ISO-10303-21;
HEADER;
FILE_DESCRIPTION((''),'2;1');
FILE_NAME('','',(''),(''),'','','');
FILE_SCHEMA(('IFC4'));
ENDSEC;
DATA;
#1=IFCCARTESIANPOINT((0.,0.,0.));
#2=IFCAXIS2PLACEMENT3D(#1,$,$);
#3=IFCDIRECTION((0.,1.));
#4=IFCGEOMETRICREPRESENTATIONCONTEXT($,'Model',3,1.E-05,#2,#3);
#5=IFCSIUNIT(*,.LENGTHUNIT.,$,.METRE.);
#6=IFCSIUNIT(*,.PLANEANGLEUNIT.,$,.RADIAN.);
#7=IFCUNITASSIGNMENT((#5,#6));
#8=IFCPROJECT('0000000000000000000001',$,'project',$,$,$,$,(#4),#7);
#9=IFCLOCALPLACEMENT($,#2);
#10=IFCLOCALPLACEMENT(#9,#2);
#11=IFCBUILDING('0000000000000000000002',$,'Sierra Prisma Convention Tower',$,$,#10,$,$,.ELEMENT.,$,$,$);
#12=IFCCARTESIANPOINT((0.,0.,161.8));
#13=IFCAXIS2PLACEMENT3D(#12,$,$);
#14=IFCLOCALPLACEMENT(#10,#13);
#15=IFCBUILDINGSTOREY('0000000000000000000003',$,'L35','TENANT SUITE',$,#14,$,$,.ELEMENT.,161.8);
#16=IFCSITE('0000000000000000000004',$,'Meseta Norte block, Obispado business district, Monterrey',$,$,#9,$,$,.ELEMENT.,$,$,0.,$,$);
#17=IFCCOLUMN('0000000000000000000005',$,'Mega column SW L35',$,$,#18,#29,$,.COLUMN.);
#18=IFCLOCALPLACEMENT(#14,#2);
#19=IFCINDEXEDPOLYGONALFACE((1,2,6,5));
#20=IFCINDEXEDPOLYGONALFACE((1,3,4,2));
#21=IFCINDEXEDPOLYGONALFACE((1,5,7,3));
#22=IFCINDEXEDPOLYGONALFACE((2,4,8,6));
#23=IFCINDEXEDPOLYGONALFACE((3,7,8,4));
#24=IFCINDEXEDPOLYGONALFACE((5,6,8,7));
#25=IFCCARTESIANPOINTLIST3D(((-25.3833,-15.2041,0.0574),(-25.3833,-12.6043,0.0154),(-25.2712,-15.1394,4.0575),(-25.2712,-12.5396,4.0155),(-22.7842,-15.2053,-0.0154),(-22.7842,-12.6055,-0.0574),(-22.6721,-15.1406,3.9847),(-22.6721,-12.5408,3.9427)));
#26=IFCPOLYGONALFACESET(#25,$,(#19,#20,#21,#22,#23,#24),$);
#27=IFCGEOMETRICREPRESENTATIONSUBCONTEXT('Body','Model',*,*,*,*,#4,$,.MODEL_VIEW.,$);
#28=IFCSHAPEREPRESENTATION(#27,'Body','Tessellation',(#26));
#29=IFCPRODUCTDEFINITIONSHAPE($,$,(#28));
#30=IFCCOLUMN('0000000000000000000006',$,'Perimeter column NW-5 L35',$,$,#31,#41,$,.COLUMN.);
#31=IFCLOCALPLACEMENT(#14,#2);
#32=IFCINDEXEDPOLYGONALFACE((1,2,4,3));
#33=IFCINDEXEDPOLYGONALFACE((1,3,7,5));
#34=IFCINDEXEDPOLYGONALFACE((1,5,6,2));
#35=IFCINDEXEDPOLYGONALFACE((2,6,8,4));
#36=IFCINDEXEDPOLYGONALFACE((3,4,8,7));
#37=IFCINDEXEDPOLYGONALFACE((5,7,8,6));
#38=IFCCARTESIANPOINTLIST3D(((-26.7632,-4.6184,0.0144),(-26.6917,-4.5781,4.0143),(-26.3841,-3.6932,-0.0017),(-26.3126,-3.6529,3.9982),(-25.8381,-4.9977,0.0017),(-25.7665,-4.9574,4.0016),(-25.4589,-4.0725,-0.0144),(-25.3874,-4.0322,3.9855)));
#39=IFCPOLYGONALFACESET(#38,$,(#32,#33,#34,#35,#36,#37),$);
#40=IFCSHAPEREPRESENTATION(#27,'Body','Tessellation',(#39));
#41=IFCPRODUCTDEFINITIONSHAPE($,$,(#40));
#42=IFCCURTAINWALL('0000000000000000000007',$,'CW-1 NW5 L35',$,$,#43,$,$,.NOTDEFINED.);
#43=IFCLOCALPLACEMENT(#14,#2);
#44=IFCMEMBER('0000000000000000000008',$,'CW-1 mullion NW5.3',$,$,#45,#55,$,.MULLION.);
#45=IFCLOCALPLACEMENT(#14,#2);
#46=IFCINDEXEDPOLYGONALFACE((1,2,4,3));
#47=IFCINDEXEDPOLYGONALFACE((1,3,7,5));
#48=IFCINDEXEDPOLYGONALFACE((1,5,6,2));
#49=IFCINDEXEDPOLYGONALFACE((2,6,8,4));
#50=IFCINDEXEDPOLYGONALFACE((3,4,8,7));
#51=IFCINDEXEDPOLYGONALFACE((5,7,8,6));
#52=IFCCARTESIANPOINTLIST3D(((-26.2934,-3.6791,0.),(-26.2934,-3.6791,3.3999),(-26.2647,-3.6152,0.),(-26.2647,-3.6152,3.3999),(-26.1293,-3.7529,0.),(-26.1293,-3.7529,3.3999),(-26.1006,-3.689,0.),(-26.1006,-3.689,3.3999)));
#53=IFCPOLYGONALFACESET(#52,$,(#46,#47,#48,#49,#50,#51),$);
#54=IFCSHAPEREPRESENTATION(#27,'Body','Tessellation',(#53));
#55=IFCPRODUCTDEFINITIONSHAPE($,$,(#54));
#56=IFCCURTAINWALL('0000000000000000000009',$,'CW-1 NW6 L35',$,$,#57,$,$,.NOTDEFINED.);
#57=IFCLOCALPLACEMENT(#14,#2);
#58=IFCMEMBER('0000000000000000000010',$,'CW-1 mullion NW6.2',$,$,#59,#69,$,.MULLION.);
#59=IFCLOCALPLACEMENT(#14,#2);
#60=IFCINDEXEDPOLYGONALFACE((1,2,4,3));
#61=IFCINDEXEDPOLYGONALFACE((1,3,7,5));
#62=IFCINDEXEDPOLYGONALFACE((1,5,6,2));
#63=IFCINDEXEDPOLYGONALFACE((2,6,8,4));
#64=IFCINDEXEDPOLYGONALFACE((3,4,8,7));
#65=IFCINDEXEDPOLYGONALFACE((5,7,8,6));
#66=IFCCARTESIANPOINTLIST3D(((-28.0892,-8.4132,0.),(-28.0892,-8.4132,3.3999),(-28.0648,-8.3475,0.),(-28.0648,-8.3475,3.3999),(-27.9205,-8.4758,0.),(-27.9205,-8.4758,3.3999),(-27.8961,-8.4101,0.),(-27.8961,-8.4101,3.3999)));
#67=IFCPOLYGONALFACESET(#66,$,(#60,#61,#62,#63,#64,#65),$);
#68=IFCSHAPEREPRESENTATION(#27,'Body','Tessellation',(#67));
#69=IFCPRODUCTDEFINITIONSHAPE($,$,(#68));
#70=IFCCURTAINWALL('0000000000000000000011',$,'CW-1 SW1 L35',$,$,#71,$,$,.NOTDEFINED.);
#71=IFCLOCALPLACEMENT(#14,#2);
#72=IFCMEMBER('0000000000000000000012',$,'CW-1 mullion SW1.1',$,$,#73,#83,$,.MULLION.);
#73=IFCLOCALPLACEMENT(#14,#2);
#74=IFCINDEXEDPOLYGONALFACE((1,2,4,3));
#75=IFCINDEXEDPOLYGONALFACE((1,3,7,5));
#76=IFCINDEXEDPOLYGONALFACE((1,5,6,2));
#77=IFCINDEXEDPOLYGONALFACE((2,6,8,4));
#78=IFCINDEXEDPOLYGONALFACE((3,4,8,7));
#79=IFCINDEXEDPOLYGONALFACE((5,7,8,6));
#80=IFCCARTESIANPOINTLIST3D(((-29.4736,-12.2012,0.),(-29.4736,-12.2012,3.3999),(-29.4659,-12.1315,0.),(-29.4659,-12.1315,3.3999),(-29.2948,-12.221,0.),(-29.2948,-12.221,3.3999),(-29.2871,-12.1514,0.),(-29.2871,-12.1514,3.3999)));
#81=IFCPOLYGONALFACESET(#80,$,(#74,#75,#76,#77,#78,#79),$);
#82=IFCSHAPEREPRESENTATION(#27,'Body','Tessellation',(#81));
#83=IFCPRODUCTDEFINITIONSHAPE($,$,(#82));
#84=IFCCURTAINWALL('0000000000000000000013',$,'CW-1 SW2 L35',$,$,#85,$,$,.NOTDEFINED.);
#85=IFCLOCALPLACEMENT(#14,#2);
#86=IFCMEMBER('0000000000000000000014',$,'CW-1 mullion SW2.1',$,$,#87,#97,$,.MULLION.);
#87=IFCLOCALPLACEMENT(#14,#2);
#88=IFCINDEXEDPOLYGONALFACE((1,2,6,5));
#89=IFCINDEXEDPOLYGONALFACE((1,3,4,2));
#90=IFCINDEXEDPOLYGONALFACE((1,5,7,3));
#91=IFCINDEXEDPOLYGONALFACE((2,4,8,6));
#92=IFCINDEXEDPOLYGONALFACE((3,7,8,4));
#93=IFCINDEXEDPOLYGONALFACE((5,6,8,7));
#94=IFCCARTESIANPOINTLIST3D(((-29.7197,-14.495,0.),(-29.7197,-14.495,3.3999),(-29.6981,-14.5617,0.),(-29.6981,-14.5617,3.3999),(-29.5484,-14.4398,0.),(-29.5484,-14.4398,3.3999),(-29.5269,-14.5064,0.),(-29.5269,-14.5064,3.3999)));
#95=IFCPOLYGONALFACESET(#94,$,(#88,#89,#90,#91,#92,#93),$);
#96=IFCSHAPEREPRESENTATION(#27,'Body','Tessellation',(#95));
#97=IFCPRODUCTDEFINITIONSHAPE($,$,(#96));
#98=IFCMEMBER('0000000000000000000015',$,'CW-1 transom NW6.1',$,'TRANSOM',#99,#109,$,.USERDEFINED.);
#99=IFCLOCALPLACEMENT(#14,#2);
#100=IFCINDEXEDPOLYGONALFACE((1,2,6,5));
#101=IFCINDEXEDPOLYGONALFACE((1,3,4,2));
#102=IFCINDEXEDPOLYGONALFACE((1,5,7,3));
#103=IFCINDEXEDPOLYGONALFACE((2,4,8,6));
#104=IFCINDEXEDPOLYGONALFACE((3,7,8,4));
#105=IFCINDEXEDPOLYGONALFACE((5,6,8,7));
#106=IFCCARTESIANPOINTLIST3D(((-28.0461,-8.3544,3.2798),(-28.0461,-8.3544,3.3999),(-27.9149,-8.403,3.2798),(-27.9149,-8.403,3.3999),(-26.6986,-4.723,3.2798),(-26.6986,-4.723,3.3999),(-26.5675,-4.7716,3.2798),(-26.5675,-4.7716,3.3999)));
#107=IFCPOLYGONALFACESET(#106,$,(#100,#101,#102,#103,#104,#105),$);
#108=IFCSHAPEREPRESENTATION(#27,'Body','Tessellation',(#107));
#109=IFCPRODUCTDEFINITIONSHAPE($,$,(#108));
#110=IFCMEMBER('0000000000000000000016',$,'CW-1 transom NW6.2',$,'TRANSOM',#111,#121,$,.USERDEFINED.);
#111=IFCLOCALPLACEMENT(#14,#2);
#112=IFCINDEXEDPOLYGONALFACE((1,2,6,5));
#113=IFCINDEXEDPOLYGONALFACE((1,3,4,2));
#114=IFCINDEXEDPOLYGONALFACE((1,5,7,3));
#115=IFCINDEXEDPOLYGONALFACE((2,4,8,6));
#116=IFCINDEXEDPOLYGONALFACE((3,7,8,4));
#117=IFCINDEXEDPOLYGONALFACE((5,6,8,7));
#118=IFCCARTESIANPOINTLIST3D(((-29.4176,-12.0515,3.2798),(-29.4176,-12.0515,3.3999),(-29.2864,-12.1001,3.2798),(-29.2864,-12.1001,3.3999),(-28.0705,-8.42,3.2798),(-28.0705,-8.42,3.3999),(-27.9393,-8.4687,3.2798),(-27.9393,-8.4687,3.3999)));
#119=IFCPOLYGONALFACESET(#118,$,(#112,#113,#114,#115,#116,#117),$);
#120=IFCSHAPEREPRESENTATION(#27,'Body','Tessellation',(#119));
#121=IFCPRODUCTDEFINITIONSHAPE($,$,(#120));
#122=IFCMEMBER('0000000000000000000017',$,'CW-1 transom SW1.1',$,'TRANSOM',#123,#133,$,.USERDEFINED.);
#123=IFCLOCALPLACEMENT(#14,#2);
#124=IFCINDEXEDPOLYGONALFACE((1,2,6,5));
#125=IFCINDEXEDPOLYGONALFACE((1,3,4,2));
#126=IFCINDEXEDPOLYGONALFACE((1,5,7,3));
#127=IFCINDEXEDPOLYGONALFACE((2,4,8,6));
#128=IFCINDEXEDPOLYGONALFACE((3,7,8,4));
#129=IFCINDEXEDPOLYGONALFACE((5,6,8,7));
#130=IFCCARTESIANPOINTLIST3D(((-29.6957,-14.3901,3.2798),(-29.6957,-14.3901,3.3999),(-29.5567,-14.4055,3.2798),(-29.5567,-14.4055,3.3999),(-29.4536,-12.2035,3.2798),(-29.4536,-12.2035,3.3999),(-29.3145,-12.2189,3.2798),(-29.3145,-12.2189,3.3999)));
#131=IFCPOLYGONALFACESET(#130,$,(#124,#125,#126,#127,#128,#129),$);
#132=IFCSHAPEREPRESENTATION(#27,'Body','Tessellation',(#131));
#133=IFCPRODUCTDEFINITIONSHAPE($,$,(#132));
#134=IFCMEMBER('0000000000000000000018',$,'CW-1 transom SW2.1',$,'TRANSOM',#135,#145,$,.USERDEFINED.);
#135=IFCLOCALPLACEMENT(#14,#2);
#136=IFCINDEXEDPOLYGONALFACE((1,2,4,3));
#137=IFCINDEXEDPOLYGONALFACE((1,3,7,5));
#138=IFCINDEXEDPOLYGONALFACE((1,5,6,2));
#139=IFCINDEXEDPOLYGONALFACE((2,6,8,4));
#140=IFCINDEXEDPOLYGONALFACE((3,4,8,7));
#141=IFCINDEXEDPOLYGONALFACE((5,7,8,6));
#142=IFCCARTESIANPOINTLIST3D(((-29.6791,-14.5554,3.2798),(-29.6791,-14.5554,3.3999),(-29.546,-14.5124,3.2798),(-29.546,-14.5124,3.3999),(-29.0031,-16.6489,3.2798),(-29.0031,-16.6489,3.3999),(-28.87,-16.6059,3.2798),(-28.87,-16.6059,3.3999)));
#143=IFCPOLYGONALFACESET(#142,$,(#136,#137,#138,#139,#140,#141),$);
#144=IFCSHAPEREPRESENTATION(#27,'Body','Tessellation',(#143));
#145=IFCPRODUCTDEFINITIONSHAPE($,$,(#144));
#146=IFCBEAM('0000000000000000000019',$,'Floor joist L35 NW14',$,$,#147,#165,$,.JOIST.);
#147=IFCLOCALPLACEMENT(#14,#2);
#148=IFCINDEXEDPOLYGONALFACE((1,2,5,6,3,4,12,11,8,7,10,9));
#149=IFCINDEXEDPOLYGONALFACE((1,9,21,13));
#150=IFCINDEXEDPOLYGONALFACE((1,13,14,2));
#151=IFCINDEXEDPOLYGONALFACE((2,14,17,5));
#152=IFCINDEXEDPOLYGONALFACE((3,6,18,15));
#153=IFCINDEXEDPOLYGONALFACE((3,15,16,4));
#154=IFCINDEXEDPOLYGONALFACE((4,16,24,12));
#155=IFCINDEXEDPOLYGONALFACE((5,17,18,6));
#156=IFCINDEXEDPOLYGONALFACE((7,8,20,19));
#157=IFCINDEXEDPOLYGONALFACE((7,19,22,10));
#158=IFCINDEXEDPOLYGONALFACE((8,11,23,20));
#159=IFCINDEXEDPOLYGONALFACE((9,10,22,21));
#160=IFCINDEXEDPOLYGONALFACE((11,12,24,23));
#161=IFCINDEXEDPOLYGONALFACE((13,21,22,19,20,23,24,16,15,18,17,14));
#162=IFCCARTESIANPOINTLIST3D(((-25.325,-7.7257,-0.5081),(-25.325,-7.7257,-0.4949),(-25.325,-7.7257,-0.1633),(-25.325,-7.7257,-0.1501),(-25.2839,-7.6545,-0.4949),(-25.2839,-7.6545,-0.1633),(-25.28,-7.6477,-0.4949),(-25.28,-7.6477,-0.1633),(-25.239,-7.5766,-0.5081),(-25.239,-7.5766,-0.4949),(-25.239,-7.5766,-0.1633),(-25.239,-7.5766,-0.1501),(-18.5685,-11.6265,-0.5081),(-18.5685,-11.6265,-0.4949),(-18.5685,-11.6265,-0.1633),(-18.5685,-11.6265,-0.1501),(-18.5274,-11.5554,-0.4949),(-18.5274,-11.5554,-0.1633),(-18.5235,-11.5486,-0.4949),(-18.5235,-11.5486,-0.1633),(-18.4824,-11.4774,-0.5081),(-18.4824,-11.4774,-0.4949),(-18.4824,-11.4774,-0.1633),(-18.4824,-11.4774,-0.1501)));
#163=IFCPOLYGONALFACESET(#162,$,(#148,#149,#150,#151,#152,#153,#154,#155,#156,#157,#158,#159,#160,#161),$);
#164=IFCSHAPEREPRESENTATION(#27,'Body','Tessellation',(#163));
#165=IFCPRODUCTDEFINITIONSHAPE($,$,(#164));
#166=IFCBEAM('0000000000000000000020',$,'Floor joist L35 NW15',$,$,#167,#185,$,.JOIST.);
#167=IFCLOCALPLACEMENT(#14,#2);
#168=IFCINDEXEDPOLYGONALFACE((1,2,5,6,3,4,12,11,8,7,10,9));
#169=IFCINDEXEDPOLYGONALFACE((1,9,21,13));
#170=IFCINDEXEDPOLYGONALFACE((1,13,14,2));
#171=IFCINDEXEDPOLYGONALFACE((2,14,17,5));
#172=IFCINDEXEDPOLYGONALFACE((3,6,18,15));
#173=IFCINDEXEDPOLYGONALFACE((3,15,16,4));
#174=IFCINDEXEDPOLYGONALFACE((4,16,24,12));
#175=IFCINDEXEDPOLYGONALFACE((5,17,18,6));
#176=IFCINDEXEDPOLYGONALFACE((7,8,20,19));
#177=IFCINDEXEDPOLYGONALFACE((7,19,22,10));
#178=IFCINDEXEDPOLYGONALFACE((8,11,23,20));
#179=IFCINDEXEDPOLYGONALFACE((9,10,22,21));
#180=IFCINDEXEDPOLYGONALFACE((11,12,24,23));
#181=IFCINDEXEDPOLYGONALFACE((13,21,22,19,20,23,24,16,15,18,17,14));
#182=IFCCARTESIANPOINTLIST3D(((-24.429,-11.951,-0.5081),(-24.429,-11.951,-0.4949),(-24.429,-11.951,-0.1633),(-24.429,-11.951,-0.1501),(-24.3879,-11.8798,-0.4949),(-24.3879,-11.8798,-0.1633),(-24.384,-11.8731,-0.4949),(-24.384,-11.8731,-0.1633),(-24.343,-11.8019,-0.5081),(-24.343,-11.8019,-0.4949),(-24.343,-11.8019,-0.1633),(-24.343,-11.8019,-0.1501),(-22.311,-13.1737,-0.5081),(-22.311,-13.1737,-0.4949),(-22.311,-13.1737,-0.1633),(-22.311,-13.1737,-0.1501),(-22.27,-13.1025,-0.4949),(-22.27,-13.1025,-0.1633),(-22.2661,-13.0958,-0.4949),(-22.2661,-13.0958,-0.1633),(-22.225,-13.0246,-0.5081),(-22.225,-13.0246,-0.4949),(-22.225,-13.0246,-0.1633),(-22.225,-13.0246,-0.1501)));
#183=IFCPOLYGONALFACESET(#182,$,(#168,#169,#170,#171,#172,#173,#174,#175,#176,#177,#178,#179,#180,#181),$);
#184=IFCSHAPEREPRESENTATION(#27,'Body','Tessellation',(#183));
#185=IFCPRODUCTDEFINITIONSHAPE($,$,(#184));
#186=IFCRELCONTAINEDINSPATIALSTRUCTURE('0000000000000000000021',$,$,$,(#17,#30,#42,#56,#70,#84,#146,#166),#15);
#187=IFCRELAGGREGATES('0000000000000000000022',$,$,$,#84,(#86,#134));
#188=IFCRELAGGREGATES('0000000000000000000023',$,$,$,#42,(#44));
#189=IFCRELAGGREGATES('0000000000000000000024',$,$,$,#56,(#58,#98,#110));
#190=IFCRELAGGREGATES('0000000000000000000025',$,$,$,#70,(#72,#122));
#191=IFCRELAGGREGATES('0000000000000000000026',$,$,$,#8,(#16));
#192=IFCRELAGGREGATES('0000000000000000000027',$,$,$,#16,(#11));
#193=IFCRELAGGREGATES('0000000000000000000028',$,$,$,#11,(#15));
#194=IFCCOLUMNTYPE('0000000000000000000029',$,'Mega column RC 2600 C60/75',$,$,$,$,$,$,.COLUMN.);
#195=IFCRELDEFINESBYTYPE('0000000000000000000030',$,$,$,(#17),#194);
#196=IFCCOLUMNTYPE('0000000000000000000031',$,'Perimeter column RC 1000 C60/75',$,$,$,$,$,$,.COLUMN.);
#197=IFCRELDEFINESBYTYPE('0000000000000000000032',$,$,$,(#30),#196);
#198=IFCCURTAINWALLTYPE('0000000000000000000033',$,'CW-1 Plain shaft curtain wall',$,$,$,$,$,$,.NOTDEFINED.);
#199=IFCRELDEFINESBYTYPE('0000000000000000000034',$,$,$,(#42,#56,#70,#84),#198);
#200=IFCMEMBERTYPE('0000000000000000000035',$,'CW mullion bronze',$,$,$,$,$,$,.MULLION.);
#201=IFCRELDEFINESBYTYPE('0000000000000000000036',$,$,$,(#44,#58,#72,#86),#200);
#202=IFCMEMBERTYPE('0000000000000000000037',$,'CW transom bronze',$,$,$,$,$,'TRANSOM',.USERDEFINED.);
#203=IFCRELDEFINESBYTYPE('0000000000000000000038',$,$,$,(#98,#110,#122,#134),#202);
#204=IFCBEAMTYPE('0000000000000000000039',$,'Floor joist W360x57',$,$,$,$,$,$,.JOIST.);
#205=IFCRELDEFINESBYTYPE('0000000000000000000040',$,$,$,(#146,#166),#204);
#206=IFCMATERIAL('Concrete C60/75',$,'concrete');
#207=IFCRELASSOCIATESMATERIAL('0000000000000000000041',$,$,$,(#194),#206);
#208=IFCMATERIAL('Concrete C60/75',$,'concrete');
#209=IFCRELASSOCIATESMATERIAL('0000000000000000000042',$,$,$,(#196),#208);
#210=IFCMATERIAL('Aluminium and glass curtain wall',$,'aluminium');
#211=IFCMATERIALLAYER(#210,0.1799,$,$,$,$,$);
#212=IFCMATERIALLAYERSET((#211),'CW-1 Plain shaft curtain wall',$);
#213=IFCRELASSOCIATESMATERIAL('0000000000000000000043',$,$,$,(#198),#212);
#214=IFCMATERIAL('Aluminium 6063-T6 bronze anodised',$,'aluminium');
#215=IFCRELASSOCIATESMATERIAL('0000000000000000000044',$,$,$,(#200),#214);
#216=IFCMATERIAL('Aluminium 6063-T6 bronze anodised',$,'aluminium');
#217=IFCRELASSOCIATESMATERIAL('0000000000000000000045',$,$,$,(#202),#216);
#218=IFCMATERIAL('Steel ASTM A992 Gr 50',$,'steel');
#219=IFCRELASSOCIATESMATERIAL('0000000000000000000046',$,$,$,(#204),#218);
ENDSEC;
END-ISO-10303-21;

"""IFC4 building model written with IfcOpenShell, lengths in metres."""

from ifc_helpers import new_model, si_unit, direction, frame, origin, origin_2d, place, context, subcontext, project, spatial, rectangle, i_section, extrude, material, layer, layer_set, material_profile, profile_set, type_object, element, aggregate, save


model = new_model("IFC4")

# Units and contexts
model_context = context("Model", 3, precision=1e-05, world=origin(), true_north=direction((0.0, 1.0)))
body_context = subcontext(model_context, "Body", "Model", "MODEL_VIEW")
ifc_project = project(units=[si_unit("LENGTHUNIT", "METRE"), si_unit("PLANEANGLEUNIT", "RADIAN")], contexts=[model_context])

# Site, building, storey
site_placement = place(None, origin())
site = spatial("IfcSite", under=ifc_project, at=site_placement, Name="Meseta Norte block, Obispado business district, Monterrey", CompositionType="ELEMENT", RefElevation=0.0)
building_placement = place(site_placement, origin())
building = spatial("IfcBuilding", under=site, at=building_placement, Name="Sierra Prisma Convention Tower", CompositionType="ELEMENT")
storey_placement = place(building_placement, frame((0.0, 0.0, 161.8)))
storey = spatial("IfcBuildingStorey", under=building, at=storey_placement, Name="L35", Description="TENANT SUITE", CompositionType="ELEMENT", Elevation=161.8)

# Columns
ifc_material_1 = material(Name="Concrete C60/75", Category="concrete")
ifc_material_profile_1 = material_profile(ifc_material_1, rectangle(XDim=2.6001, YDim=2.6001, at=origin_2d()), Name="Mega column RC 2600 C60/75")
ifc_profile_set_1 = profile_set([ifc_material_profile_1], Name="Concrete C60/75")
column_type_1 = type_object("IfcColumnType", Name="Mega column RC 2600 C60/75", PredefinedType="COLUMN", material=ifc_profile_set_1)
column_1_placement = place(storey_placement, frame((-24.0837, -13.9048, 0.0), z_axis=(0.028, 0.016166, 0.999477), x_axis=(0.999608, -0.000453, -0.027997)))
element("IfcColumn", 1, at=column_1_placement, inside=storey, type_object=column_type_1, Name="Mega column SW L35", PredefinedType="COLUMN", context=body_context, shape_type="SweptSolid", body=[
    extrude(rectangle(XDim=2.6001, YDim=2.6001, at=origin_2d()), origin(), (0.0, 0.0, 1.0), 4.0022),
])
ifc_material_2 = material(Name="Concrete C60/75", Category="concrete")
ifc_material_profile_2 = material_profile(ifc_material_2, rectangle(XDim=1.0, YDim=1.0, at=origin_2d()), Name="Perimeter column RC 1000 C60/75")
ifc_profile_set_2 = profile_set([ifc_material_profile_2], Name="Concrete C60/75")
column_type_2 = type_object("IfcColumnType", Name="Perimeter column RC 1000 C60/75", PredefinedType="COLUMN", material=ifc_profile_set_2)
column_2_placement = place(storey_placement, frame((-26.1111, -4.3455, 0.0), z_axis=(0.01788, 0.010069, 0.999789), x_axis=(0.379134, 0.925202, -0.016098)))
element("IfcColumn", 2, at=column_2_placement, inside=storey, type_object=column_type_2, Name="Perimeter column NW-5 L35", PredefinedType="COLUMN", context=body_context, shape_type="SweptSolid", body=[
    extrude(rectangle(XDim=1.0, YDim=1.0, at=origin_2d()), origin(), (0.0, 0.0, 1.0), 4.0007),
])

# Curtain walls, members
ifc_material_3 = material(Name="Aluminium and glass curtain wall", Category="aluminium")
ifc_layer_1 = layer(ifc_material_3, 0.1799)
ifc_layer_set_1 = layer_set([ifc_layer_1], Name="CW-1 Plain shaft curtain wall")
curtain_wall_type = type_object("IfcCurtainWallType", Name="CW-1 Plain shaft curtain wall", PredefinedType="NOTDEFINED", material=ifc_layer_set_1)
curtain_wall_1_placement = place(storey_placement, origin())
curtain_wall_1 = element("IfcCurtainWall", 3, at=curtain_wall_1_placement, inside=storey, type_object=curtain_wall_type, Name="CW-1 NW5 L35", PredefinedType="NOTDEFINED")
ifc_material_4 = material(Name="Aluminium 6063-T6 bronze anodised", Category="aluminium")
ifc_material_profile_3 = material_profile(ifc_material_4, rectangle(XDim=0.1799, YDim=0.0701, at=origin_2d()), Name="ALU MULLION 70x180")
ifc_profile_set_3 = profile_set([ifc_material_profile_3], Name="Aluminium 6063-T6 bronze anodised")
member_type_1 = type_object("IfcMemberType", Name="CW mullion bronze", PredefinedType="MULLION", material=ifc_profile_set_3)
member_1_placement = place(storey_placement, frame((-26.197, -3.6841, 0.0), z_axis=(0.0, 0.0, 1.0), x_axis=(0.912028, -0.410127, 0.0)))
member_1 = element("IfcMember", 4, at=member_1_placement, type_object=member_type_1, Name="CW-1 mullion NW5.3", PredefinedType="MULLION", context=body_context, shape_type="SweptSolid", body=[
    extrude(rectangle(XDim=0.1799, YDim=0.0701, at=origin_2d()), origin(), (0.0, 0.0, 1.0), 3.3999),
])
curtain_wall_2_placement = place(storey_placement, origin())
curtain_wall_2 = element("IfcCurtainWall", 5, at=curtain_wall_2_placement, inside=storey, type_object=curtain_wall_type, Name="CW-1 NW6 L35", PredefinedType="NOTDEFINED")
member_2_placement = place(storey_placement, frame((-27.9927, -8.4116, 0.0), z_axis=(0.0, 0.0, 1.0), x_axis=(0.937557, -0.347831, 0.0)))
member_2 = element("IfcMember", 6, at=member_2_placement, type_object=member_type_1, Name="CW-1 mullion NW6.2", PredefinedType="MULLION", context=body_context, shape_type="SweptSolid", body=[
    extrude(rectangle(XDim=0.1799, YDim=0.0701, at=origin_2d()), origin(), (0.0, 0.0, 1.0), 3.3999),
])
curtain_wall_3_placement = place(storey_placement, origin())
curtain_wall_3 = element("IfcCurtainWall", 7, at=curtain_wall_3_placement, inside=storey, type_object=curtain_wall_type, Name="CW-1 SW1 L35", PredefinedType="NOTDEFINED")
member_3_placement = place(storey_placement, frame((-29.3804, -12.1763, 0.0), z_axis=(0.0, 0.0, 1.0), x_axis=(0.993924, -0.110068, 0.0)))
member_3 = element("IfcMember", 8, at=member_3_placement, type_object=member_type_1, Name="CW-1 mullion SW1.1", PredefinedType="MULLION", context=body_context, shape_type="SweptSolid", body=[
    extrude(rectangle(XDim=0.1799, YDim=0.0701, at=origin_2d()), origin(), (0.0, 0.0, 1.0), 3.3999),
])
curtain_wall_4_placement = place(storey_placement, origin())
curtain_wall_4 = element("IfcCurtainWall", 9, at=curtain_wall_4_placement, inside=storey, type_object=curtain_wall_type, Name="CW-1 SW2 L35", PredefinedType="NOTDEFINED")
member_4_placement = place(storey_placement, frame((-29.6233, -14.5007, 0.0), z_axis=(0.0, 0.0, 1.0), x_axis=(0.951629, 0.30725, 0.0)))
member_4 = element("IfcMember", 10, at=member_4_placement, type_object=member_type_1, Name="CW-1 mullion SW2.1", PredefinedType="MULLION", context=body_context, shape_type="SweptSolid", body=[
    extrude(rectangle(XDim=0.1799, YDim=0.0701, at=origin_2d()), origin(), (0.0, 0.0, 1.0), 3.3999),
])

# Members
ifc_material_5 = material(Name="Aluminium 6063-T6 bronze anodised", Category="aluminium")
ifc_material_profile_4 = material_profile(ifc_material_5, rectangle(XDim=0.1399, YDim=0.1201, at=origin_2d()), Name="ALU TRANSOM 120x140")
ifc_profile_set_4 = profile_set([ifc_material_profile_4], Name="Aluminium 6063-T6 bronze anodised")
member_type_2 = type_object("IfcMemberType", Name="CW transom bronze", ElementType="TRANSOM", PredefinedType="USERDEFINED", material=ifc_profile_set_4)
member_5_placement = place(storey_placement, frame((-26.6331, -4.7473, 3.3398), z_axis=(-0.347875, -0.937541, 0.0), x_axis=(0.937541, -0.347875, 0.0)))
member_5 = element("IfcMember", 11, at=member_5_placement, type_object=member_type_2, Name="CW-1 transom NW6.1", ObjectType="TRANSOM", PredefinedType="USERDEFINED", context=body_context, shape_type="SweptSolid", body=[
    extrude(rectangle(XDim=0.1399, YDim=0.1201, at=origin_2d()), origin(), (0.0, 0.0, 1.0), 3.8733),
])
member_6_placement = place(storey_placement, frame((-28.0049, -8.4443, 3.3398), z_axis=(-0.347799, -0.937569, 0.0), x_axis=(0.937569, -0.347799, 0.0)))
member_6 = element("IfcMember", 12, at=member_6_placement, type_object=member_type_2, Name="CW-1 transom NW6.2", ObjectType="TRANSOM", PredefinedType="USERDEFINED", context=body_context, shape_type="SweptSolid", body=[
    extrude(rectangle(XDim=0.1399, YDim=0.1201, at=origin_2d()), origin(), (0.0, 0.0, 1.0), 3.8733),
])
member_7_placement = place(storey_placement, frame((-29.384, -12.2112, 3.3398), z_axis=(-0.11009, -0.993922, 0.0), x_axis=(0.993922, -0.11009, 0.0)))
member_7 = element("IfcMember", 13, at=member_7_placement, type_object=member_type_2, Name="CW-1 transom SW1.1", ObjectType="TRANSOM", PredefinedType="USERDEFINED", context=body_context, shape_type="SweptSolid", body=[
    extrude(rectangle(XDim=0.1399, YDim=0.1201, at=origin_2d()), origin(), (0.0, 0.0, 1.0), 2.2),
])
member_8_placement = place(storey_placement, frame((-29.6125, -14.5339, 3.3398), z_axis=(0.307291, -0.951615, 0.0), x_axis=(0.951615, 0.307291, 0.0)))
member_8 = element("IfcMember", 14, at=member_8_placement, type_object=member_type_2, Name="CW-1 transom SW2.1", ObjectType="TRANSOM", PredefinedType="USERDEFINED", context=body_context, shape_type="SweptSolid", body=[
    extrude(rectangle(XDim=0.1399, YDim=0.1201, at=origin_2d()), origin(), (0.0, 0.0, 1.0), 2.2),
])
aggregate(curtain_wall_4, [member_4, member_8])

# Beams
ifc_material_6 = material(Name="Steel ASTM A992 Gr 50", Category="steel")
ifc_material_profile_5 = material_profile(ifc_material_6, i_section(OverallWidth=0.1721, OverallDepth=0.3579, WebThickness=0.0078, FlangeThickness=0.0132, at=origin_2d()), Name="W360x57")
ifc_profile_set_5 = profile_set([ifc_material_profile_5], Name="Steel ASTM A992 Gr 50")
beam_type_1 = type_object("IfcBeamType", Name="Floor joist W360x57", PredefinedType="JOIST", material=ifc_profile_set_5)
beam_1_placement = place(storey_placement, frame((-25.282, -7.6511, -0.3291), z_axis=(0.866028, -0.499996, 0.0), x_axis=(0.499996, 0.866028, 0.0)))
element("IfcBeam", 15, at=beam_1_placement, inside=storey, type_object=beam_type_1, Name="Floor joist L35 NW14", PredefinedType="JOIST", context=body_context, shape_type="SweptSolid", body=[
    extrude(i_section(OverallWidth=0.1721, OverallDepth=0.3579, WebThickness=0.0078, FlangeThickness=0.0132, at=origin_2d()), origin(), (0.0, 0.0, 1.0), 7.8018),
])
beam_2_placement = place(storey_placement, frame((-24.386, -11.8765, -0.3291), z_axis=(0.866048, -0.499962, 0.0), x_axis=(0.499962, 0.866048, 0.0)))
element("IfcBeam", 16, at=beam_2_placement, inside=storey, type_object=beam_type_1, Name="Floor joist L35 NW15", PredefinedType="JOIST", context=body_context, shape_type="SweptSolid", body=[
    extrude(i_section(OverallWidth=0.1721, OverallDepth=0.3579, WebThickness=0.0078, FlangeThickness=0.0132, at=origin_2d()), origin(), (0.0, 0.0, 1.0), 2.4456),
])

aggregate(curtain_wall_1, [member_1])
aggregate(curtain_wall_2, [member_2, member_5, member_6])
aggregate(curtain_wall_3, [member_3, member_7])

save(model, "model.ifc")
